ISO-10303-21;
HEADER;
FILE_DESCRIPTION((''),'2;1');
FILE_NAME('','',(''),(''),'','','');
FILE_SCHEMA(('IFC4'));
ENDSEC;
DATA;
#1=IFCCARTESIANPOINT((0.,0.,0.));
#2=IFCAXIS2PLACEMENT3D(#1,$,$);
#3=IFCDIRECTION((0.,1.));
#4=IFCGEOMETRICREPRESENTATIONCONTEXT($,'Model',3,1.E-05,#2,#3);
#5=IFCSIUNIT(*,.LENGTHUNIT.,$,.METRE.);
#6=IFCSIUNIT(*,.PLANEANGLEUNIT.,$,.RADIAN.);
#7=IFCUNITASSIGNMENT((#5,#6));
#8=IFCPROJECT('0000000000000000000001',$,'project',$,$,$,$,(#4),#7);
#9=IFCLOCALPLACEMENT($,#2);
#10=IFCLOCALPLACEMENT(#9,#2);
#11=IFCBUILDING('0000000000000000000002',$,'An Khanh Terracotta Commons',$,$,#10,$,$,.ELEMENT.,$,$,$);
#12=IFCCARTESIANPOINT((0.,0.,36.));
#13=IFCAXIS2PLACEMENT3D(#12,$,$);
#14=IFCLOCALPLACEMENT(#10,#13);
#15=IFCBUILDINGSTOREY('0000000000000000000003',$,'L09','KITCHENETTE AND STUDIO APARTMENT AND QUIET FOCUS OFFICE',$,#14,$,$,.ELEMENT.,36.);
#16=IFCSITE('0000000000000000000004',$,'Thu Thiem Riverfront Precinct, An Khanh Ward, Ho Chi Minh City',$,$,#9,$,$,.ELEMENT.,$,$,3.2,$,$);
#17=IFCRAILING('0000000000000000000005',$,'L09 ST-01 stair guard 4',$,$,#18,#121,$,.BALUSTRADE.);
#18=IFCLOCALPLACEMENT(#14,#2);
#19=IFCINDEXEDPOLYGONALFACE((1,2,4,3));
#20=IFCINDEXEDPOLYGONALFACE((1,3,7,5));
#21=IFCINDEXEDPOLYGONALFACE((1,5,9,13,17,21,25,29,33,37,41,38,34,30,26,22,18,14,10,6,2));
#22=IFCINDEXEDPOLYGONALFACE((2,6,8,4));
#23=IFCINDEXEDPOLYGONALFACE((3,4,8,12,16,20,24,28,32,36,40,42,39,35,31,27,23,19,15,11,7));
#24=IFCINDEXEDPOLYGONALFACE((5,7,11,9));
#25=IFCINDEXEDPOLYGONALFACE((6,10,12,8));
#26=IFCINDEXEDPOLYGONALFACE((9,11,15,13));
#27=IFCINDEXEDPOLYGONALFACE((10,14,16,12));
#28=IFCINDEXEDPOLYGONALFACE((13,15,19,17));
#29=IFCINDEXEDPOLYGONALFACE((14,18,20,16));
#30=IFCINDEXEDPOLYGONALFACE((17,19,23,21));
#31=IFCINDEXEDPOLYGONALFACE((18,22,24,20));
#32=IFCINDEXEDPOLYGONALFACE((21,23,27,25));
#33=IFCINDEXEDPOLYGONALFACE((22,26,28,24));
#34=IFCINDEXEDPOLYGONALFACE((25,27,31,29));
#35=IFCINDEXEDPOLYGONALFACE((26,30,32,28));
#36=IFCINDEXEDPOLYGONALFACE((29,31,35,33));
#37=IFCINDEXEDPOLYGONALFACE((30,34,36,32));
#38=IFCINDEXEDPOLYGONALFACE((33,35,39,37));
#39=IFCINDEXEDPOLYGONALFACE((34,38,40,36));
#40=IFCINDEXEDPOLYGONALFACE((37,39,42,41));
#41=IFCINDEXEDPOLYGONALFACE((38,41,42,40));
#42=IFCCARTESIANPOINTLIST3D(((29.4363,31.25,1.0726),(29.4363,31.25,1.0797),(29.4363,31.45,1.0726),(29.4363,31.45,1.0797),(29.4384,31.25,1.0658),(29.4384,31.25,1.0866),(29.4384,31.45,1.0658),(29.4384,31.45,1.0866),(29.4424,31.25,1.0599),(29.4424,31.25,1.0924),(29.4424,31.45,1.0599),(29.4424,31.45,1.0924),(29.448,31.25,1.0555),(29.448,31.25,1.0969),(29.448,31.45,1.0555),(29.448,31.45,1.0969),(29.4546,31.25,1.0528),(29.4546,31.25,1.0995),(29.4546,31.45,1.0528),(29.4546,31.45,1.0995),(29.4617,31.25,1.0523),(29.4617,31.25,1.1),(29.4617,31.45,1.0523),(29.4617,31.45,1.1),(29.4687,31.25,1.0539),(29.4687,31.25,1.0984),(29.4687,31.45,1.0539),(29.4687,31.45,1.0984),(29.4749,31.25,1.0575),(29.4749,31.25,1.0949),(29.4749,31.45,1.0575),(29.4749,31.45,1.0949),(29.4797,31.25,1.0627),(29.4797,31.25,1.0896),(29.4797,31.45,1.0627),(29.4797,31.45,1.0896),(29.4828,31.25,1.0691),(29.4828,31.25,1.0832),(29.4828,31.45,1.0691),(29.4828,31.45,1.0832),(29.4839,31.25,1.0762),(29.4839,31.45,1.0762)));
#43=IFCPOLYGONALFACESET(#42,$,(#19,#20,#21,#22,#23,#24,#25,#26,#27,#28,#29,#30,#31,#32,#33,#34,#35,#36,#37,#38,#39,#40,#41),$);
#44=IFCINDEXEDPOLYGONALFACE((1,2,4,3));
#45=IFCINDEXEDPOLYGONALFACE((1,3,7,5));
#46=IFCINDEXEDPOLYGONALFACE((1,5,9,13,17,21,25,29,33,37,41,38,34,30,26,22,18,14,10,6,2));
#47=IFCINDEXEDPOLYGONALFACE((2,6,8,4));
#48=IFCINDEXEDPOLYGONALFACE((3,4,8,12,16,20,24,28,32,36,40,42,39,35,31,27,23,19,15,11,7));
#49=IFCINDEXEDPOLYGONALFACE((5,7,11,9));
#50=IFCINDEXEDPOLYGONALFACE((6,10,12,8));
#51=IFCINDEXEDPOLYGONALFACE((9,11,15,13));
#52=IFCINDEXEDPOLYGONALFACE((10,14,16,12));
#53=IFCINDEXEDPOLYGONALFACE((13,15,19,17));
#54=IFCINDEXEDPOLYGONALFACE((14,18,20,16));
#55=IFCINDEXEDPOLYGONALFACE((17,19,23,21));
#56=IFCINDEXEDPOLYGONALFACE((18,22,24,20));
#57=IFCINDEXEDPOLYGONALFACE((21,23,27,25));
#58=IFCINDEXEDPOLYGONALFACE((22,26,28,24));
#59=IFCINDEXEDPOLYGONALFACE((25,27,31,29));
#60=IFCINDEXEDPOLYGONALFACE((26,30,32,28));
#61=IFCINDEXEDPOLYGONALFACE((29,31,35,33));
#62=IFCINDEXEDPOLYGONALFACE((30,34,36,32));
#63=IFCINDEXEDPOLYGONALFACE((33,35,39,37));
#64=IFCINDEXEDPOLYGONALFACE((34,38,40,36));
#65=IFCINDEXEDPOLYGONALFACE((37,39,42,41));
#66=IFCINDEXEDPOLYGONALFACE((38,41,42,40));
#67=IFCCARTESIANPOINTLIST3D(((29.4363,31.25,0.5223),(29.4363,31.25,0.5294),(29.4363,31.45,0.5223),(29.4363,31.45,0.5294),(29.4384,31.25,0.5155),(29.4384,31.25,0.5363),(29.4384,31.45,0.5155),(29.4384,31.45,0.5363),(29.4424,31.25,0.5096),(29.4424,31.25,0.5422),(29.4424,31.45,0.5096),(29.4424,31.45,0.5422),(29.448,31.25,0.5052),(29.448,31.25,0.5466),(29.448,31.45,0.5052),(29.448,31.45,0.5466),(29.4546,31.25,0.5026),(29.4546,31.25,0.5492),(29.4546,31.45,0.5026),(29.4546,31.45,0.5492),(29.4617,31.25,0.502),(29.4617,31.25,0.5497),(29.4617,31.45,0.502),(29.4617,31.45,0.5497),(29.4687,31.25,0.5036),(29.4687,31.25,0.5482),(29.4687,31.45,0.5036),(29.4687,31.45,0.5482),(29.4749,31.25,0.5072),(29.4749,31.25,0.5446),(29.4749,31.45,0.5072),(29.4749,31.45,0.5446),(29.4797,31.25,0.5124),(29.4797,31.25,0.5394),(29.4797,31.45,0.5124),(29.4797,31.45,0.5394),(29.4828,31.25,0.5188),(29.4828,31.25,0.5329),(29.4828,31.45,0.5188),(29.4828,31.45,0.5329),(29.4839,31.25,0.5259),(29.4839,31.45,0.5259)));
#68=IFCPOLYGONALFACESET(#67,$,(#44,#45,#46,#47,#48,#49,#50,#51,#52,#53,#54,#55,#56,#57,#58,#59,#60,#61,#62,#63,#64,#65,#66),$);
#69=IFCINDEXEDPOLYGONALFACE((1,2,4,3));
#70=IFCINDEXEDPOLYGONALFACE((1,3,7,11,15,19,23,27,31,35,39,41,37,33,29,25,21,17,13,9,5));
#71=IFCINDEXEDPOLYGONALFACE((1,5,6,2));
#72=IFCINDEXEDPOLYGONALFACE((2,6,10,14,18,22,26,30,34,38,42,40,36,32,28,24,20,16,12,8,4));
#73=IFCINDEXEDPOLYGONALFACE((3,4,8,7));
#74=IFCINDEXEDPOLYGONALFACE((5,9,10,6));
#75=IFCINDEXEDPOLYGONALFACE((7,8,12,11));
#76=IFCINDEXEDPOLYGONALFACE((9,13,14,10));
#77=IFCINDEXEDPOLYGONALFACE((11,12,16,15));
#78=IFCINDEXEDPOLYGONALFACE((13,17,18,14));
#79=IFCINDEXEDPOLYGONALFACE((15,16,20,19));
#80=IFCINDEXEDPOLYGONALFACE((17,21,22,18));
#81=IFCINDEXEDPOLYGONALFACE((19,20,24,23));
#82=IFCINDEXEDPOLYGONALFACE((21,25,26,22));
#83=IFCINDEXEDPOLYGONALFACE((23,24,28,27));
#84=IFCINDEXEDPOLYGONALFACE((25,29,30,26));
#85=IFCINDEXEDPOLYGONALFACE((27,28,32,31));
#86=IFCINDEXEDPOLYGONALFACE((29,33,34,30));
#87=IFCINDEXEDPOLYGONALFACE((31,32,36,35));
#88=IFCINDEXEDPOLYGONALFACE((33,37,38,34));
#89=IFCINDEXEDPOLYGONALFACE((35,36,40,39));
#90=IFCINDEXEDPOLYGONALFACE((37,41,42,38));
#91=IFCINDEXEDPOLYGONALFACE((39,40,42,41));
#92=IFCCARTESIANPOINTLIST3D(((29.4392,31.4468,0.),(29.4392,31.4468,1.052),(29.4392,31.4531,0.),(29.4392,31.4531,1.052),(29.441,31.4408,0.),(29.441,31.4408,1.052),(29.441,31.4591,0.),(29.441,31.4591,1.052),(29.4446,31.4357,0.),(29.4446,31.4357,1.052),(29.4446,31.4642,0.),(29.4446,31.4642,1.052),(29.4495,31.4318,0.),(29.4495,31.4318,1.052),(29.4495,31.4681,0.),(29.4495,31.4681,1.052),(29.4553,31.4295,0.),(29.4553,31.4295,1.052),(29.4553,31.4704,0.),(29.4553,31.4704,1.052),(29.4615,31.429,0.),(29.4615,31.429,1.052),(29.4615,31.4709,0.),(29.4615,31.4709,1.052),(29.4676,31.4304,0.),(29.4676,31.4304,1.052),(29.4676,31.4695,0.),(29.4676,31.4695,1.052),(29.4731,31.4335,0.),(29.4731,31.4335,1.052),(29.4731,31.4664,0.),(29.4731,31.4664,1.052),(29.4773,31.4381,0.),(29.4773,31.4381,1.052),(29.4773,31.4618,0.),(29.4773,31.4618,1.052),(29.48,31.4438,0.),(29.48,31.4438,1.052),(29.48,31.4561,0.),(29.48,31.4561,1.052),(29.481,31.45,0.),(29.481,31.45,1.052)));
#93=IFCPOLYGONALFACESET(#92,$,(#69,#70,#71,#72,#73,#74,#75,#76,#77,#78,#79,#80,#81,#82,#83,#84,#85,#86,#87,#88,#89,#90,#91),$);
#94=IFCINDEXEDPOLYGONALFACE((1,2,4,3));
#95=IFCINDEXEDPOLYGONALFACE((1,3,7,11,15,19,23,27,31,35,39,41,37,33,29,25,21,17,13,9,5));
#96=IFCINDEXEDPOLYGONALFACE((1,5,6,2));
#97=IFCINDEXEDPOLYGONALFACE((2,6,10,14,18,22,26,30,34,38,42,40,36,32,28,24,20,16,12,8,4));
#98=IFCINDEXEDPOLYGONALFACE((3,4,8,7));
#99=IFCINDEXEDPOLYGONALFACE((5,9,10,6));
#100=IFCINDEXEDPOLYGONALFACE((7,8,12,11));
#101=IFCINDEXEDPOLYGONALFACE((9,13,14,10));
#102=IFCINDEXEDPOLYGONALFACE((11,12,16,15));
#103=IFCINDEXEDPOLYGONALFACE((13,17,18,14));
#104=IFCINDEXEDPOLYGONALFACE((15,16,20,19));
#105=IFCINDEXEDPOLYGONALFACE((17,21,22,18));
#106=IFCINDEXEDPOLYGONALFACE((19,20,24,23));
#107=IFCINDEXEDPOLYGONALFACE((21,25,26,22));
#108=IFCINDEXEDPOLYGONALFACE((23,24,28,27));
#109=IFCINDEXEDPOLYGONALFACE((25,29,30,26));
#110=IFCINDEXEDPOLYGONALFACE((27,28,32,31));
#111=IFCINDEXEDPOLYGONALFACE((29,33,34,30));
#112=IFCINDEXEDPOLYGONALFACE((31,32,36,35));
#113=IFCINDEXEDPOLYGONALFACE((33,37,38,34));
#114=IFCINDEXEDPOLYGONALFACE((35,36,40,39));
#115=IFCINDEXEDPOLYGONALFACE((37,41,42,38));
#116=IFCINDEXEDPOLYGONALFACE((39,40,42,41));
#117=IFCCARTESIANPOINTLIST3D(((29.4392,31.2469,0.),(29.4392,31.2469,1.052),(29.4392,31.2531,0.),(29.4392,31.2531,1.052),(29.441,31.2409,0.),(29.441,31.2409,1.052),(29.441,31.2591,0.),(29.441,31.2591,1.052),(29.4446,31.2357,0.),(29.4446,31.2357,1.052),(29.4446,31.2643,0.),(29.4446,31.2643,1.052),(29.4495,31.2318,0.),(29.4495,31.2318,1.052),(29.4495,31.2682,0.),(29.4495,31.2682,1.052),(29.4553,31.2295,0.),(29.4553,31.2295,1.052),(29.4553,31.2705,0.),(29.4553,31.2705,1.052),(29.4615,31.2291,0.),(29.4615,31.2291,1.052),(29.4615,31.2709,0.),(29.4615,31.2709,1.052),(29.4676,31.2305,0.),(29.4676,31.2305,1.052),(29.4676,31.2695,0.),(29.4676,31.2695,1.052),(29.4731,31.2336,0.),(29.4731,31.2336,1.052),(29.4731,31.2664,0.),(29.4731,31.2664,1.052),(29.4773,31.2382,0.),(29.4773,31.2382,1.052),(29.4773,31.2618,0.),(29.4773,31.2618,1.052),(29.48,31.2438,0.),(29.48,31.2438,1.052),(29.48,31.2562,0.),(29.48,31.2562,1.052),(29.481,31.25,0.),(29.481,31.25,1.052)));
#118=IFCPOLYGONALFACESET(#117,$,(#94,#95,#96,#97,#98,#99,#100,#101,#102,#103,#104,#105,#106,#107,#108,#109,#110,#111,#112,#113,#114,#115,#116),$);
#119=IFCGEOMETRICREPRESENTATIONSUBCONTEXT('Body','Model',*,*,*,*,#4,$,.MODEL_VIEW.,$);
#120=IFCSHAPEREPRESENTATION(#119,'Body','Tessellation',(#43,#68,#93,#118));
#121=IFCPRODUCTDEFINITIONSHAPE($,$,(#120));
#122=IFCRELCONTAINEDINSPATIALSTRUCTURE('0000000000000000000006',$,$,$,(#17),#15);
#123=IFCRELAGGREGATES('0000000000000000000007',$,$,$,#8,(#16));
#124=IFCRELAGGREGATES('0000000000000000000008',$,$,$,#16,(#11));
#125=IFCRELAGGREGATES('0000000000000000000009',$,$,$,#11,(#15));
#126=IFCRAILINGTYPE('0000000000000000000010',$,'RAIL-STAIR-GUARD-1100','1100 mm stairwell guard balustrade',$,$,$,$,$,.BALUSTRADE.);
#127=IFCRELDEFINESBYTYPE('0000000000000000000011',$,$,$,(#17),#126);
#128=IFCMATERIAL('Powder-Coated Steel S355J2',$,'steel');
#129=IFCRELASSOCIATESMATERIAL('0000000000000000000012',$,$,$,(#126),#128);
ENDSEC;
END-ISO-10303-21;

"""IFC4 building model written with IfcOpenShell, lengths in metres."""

from ifc_helpers import new_model, si_unit, direction, frame, origin, origin_2d, place, context, subcontext, project, spatial, circle, extrude, material, type_object, element, save


model = new_model("IFC4")

# Units and contexts
model_context = context("Model", 3, precision=1e-05, world=origin(), true_north=direction((0.0, 1.0)))
body_context = subcontext(model_context, "Body", "Model", "MODEL_VIEW")
ifc_project = project(units=[si_unit("LENGTHUNIT", "METRE"), si_unit("PLANEANGLEUNIT", "RADIAN")], contexts=[model_context])

# Site, building, storey
site_placement = place(None, origin())
site = spatial("IfcSite", under=ifc_project, at=site_placement, Name="Thu Thiem Riverfront Precinct, An Khanh Ward, Ho Chi Minh City", CompositionType="ELEMENT", RefElevation=3.2)
building_placement = place(site_placement, origin())
building = spatial("IfcBuilding", under=site, at=building_placement, Name="An Khanh Terracotta Commons", CompositionType="ELEMENT")
storey_placement = place(building_placement, frame((0.0, 0.0, 36.0)))
storey = spatial("IfcBuildingStorey", under=building, at=storey_placement, Name="L09", Description="KITCHENETTE AND STUDIO APARTMENT AND QUIET FOCUS OFFICE", CompositionType="ELEMENT", Elevation=36.0)

# Railing
ifc_material_1 = material(Name="Powder-Coated Steel S355J2", Category="steel")
railing_type_1 = type_object("IfcRailingType", Name="RAIL-STAIR-GUARD-1100", Description="1100 mm stairwell guard balustrade", PredefinedType="BALUSTRADE", material=ifc_material_1)
railing_1_placement = place(storey_placement, frame((29.46, 31.45, 0.0)))
element("IfcRailing", 1, at=railing_1_placement, inside=storey, type_object=railing_type_1, Name="L09 ST-01 stair guard 4", PredefinedType="BALUSTRADE", context=body_context, shape_type="SweptSolid", body=[
    extrude(circle(Radius=0.0239, at=origin_2d()), frame((0.0, 0.0, 1.0762), z_axis=(0.0, -1.0, 0.0), x_axis=(1.0, 0.0, 0.0)), (0.0, 0.0, 1.0), 0.2),
    extrude(circle(Radius=0.0239, at=origin_2d()), frame((0.0, 0.0, 0.5259), z_axis=(0.0, -1.0, 0.0), x_axis=(1.0, 0.0, 0.0)), (0.0, 0.0, 1.0), 0.2),
    extrude(circle(Radius=0.021, at=origin_2d()), origin(), (0.0, 0.0, 1.0), 1.052),
    extrude(circle(Radius=0.021, at=origin_2d()), frame((0.0, -0.2, 0.0)), (0.0, 0.0, 1.0), 1.052),
])

save(model, "model.ifc")
